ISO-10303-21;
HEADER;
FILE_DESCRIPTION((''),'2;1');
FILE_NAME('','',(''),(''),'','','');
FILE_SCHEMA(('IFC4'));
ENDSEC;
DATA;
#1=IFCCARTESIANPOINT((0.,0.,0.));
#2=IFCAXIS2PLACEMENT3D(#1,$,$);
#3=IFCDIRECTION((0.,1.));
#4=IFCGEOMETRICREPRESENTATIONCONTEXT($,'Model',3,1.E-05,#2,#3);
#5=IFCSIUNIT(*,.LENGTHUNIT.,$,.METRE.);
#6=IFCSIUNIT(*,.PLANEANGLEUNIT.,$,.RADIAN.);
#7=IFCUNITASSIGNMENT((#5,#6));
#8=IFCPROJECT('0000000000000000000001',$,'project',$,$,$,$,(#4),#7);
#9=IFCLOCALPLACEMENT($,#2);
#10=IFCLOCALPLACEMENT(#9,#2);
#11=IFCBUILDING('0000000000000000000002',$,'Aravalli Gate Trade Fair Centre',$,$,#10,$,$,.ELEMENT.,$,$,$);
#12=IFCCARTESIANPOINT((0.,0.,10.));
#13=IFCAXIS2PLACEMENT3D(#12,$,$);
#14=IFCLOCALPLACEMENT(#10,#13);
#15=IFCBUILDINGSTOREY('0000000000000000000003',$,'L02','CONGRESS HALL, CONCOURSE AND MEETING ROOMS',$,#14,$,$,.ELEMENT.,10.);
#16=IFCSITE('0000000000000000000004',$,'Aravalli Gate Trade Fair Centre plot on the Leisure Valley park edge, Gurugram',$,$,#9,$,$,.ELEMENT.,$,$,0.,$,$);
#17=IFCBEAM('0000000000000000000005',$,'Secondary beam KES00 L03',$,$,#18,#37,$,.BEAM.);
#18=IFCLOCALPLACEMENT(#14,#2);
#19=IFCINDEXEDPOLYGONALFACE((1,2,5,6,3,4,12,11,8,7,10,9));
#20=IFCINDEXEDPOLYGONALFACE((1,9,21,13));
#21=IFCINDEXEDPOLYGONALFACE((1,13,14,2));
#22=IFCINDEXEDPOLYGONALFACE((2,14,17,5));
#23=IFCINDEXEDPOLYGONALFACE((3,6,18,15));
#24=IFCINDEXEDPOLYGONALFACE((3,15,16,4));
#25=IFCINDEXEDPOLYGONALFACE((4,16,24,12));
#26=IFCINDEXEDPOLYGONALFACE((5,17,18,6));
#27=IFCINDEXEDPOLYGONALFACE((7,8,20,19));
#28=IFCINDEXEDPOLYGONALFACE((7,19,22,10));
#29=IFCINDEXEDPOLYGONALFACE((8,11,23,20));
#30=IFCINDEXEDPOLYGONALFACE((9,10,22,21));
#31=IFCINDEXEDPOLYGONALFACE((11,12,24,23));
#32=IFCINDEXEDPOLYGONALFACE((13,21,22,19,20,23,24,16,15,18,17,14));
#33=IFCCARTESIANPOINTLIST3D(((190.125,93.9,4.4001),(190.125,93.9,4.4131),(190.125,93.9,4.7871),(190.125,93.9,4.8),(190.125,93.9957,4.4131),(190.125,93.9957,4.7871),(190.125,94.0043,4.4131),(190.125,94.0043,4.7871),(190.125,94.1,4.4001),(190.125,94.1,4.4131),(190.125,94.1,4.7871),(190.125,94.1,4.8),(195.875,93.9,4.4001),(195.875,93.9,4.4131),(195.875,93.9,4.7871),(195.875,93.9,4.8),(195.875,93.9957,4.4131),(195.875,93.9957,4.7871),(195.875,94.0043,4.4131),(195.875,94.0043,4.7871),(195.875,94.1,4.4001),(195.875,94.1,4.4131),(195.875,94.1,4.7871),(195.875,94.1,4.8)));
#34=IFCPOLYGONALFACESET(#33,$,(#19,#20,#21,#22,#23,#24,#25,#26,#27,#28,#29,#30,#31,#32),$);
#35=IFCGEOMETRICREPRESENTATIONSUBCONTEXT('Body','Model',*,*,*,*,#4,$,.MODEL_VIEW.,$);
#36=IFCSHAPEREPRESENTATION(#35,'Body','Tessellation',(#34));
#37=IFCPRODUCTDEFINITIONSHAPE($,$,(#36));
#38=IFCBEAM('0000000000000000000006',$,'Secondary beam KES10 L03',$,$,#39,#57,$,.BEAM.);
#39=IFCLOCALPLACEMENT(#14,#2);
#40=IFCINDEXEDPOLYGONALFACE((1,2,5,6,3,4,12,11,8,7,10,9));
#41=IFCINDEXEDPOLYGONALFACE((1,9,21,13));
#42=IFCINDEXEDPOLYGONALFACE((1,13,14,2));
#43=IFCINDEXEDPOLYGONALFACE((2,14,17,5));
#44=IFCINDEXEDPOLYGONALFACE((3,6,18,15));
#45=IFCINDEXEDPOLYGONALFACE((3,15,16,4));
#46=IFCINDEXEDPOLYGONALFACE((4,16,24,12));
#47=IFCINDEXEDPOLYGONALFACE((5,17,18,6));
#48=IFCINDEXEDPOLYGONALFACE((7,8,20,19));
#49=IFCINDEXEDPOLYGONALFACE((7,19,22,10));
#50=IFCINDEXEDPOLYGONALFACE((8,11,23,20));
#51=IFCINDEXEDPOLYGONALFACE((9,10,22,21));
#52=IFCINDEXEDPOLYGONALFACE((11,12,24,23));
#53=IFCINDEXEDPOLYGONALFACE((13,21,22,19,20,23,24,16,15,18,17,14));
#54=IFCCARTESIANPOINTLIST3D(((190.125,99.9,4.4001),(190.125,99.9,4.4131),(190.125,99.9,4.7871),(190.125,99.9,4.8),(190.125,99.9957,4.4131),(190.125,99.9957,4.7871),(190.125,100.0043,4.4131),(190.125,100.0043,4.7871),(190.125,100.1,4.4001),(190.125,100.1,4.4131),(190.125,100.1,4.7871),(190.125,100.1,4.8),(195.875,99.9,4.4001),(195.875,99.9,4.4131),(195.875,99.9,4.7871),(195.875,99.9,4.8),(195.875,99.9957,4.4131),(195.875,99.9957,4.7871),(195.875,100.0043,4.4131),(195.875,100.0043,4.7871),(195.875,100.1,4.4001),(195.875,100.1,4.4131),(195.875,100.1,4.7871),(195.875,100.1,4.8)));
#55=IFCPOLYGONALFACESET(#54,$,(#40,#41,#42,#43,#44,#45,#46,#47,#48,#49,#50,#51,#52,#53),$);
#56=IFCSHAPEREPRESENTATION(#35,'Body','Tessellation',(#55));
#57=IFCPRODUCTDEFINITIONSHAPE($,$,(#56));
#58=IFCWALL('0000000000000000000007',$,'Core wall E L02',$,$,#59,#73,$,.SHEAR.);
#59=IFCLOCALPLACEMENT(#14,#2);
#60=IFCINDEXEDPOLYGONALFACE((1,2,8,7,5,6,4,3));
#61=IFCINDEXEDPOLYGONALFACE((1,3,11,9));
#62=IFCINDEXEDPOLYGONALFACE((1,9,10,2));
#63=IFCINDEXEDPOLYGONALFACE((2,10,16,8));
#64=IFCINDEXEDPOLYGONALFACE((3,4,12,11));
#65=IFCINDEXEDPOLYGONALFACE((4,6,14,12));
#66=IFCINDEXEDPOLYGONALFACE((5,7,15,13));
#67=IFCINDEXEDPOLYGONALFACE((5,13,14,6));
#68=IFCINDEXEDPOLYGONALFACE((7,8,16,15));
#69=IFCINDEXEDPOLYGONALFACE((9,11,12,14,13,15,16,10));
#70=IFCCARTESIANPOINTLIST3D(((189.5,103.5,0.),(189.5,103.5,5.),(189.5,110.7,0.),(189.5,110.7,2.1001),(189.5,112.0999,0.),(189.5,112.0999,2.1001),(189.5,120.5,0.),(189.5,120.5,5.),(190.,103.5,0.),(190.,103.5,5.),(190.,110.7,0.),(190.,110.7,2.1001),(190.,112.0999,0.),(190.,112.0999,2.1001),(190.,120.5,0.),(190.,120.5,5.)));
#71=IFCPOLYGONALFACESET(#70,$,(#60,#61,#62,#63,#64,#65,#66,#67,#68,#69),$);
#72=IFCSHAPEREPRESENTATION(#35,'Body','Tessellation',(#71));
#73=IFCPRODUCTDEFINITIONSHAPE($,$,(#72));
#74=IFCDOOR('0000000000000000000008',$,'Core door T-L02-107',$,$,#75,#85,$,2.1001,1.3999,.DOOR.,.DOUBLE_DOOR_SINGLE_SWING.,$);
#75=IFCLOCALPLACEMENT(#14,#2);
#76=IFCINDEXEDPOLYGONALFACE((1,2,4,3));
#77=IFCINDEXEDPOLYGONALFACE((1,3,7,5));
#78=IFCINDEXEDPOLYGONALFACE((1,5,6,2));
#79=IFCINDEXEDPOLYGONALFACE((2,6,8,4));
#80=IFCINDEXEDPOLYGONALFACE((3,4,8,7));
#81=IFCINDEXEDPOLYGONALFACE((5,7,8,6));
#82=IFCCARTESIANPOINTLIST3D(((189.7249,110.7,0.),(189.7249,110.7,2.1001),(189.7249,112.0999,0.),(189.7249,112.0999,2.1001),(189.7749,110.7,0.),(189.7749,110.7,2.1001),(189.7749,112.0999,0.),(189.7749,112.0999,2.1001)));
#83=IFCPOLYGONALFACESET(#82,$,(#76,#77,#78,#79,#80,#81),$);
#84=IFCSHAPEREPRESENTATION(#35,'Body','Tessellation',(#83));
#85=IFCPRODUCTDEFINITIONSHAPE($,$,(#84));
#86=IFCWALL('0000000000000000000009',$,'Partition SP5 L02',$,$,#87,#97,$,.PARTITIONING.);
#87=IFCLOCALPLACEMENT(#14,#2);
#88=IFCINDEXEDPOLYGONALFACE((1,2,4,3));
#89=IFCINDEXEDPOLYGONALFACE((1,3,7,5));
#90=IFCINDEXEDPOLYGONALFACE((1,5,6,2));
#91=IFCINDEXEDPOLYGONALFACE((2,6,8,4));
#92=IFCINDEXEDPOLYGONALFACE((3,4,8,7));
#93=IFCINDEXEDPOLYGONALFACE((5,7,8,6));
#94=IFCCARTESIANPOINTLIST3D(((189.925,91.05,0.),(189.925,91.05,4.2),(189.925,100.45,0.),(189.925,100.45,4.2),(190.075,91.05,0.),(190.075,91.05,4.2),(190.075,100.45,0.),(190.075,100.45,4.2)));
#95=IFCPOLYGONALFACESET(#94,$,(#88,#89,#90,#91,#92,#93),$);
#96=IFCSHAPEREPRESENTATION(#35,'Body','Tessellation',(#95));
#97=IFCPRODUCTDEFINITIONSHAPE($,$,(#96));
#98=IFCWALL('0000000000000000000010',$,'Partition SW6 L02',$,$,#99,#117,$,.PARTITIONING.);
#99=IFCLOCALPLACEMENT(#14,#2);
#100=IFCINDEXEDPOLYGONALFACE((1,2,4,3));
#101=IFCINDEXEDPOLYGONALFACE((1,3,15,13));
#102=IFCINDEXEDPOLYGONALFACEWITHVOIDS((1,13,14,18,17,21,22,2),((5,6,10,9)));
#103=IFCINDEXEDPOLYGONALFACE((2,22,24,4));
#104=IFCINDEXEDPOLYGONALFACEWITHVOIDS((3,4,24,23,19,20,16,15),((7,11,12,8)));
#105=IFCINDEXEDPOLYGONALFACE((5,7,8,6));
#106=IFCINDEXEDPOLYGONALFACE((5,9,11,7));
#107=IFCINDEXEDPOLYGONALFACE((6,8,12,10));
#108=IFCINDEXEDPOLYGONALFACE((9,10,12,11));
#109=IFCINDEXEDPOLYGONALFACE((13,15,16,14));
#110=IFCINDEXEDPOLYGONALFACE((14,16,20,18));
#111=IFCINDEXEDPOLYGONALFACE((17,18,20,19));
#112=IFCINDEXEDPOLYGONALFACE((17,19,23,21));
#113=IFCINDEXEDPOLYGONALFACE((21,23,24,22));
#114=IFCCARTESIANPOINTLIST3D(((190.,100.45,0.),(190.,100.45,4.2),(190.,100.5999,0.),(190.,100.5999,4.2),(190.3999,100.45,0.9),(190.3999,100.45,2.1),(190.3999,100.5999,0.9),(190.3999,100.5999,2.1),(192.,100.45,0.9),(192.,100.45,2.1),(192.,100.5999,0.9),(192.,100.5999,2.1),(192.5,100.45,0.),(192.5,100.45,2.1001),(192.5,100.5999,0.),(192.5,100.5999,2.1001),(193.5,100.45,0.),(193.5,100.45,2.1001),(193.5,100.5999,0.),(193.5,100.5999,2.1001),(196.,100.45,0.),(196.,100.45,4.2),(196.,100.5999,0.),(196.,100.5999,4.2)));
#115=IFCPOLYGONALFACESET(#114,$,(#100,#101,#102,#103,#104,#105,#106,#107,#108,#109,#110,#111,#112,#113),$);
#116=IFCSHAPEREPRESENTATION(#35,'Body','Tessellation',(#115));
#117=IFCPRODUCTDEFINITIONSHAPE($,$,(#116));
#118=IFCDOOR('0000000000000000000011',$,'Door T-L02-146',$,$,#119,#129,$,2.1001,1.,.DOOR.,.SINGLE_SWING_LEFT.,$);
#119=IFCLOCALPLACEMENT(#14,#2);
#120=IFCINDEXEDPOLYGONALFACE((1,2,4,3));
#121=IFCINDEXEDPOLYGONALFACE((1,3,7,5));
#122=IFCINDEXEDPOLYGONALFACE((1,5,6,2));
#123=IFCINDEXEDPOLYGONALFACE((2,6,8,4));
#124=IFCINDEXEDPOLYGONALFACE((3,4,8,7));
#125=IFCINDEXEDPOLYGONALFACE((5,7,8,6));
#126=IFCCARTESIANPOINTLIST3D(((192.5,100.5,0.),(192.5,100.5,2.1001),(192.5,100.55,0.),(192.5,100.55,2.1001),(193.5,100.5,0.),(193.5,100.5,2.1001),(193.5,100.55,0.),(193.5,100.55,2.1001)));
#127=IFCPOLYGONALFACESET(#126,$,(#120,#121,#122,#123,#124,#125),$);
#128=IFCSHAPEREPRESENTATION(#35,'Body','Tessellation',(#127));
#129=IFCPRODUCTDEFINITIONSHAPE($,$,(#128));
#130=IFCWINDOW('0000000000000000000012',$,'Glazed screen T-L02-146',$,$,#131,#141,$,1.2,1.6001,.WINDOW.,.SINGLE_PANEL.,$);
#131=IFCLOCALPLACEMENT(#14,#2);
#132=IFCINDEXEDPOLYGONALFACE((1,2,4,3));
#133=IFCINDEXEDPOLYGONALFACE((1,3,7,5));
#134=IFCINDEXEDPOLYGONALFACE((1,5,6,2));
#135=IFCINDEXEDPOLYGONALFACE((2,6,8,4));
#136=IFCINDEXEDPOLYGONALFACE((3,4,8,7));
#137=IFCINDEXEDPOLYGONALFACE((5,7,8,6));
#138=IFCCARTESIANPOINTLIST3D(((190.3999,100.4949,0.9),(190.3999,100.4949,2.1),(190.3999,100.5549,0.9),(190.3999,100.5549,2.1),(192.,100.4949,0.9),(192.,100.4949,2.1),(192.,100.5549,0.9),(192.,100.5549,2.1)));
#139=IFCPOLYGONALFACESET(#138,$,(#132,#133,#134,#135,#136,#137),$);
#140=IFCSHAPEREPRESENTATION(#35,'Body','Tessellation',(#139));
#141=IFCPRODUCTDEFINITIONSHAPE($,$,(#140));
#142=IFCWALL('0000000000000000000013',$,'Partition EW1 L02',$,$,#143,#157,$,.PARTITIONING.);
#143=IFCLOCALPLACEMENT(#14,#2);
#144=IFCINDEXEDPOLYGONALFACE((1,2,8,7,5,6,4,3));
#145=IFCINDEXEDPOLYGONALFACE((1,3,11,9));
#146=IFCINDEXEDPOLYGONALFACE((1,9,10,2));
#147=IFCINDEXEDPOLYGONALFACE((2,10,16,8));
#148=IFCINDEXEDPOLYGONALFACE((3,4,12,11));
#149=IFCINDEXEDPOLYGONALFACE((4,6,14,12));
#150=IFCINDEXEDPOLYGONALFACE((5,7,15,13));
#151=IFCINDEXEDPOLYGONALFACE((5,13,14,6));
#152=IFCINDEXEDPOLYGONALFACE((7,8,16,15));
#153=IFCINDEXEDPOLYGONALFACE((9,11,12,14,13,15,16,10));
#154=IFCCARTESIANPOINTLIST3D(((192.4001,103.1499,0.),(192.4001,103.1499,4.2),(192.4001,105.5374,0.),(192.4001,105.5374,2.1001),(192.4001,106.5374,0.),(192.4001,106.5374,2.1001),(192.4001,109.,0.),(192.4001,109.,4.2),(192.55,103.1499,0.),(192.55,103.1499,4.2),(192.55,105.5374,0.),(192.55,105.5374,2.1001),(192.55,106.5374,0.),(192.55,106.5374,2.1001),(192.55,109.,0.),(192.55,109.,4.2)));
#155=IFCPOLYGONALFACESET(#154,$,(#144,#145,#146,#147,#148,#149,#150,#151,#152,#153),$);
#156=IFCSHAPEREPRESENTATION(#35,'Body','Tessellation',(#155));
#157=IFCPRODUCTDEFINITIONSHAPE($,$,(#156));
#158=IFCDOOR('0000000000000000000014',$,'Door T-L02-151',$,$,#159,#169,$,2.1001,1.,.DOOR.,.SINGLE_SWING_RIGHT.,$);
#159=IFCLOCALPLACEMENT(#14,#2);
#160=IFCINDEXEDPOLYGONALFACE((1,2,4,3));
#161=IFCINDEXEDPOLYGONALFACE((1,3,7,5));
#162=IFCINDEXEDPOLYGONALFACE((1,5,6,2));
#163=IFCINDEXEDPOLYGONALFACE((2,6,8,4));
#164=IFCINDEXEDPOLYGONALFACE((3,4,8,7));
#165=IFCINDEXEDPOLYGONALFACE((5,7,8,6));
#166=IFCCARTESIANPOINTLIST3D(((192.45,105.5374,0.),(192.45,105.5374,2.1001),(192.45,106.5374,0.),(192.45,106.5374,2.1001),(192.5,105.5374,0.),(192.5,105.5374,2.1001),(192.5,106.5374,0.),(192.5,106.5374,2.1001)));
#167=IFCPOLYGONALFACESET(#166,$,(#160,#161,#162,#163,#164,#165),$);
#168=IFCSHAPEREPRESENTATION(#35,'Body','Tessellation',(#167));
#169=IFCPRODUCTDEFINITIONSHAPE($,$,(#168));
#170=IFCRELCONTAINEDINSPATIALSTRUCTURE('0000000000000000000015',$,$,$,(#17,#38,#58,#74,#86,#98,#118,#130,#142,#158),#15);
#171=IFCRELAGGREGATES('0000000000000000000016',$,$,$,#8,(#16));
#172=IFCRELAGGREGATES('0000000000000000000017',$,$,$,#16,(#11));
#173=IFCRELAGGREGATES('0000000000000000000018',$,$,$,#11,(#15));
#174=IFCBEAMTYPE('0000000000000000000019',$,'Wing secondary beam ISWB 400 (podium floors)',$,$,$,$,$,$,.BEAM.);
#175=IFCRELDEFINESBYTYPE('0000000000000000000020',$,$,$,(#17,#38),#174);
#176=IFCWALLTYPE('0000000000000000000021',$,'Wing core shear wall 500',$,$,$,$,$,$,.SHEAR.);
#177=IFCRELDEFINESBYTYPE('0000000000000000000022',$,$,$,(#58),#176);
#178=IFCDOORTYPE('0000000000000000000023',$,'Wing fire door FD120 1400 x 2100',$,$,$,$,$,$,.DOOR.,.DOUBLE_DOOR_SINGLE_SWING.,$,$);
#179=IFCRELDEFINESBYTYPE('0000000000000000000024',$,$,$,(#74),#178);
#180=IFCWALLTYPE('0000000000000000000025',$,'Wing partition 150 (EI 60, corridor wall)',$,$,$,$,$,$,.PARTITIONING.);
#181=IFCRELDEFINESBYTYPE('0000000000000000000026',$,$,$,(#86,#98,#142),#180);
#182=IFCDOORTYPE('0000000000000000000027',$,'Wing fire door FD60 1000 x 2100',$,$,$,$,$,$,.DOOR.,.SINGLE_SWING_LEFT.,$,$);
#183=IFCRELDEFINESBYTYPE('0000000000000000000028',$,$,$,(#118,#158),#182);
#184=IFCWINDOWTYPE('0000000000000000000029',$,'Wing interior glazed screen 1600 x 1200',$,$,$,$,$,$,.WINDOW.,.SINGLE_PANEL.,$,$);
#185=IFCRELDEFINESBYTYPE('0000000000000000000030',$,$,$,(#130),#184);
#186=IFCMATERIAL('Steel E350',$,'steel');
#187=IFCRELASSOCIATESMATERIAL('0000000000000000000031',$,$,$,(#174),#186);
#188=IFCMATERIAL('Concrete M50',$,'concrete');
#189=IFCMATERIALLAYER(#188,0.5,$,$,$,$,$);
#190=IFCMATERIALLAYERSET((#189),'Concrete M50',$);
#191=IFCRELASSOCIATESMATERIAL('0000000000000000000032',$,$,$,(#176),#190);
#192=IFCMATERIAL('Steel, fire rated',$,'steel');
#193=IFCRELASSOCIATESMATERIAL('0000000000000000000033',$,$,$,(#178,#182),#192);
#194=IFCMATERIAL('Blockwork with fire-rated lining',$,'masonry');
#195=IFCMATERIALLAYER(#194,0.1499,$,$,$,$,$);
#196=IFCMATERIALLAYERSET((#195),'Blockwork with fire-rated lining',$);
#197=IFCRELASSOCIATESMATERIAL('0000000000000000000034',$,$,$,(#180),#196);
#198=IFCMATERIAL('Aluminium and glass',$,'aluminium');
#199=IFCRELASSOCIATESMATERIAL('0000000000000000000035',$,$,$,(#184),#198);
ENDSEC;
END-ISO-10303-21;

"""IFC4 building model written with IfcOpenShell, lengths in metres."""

from ifc_helpers import new_model, si_unit, direction, frame, frame_2d, origin, origin_2d, place, context, subcontext, project, spatial, rectangle, i_section, extrude, material, layer, layer_set, material_profile, profile_set, type_object, element, fill, save


model = new_model("IFC4")

# Units and contexts
model_context = context("Model", 3, precision=1e-05, world=origin(), true_north=direction((0.0, 1.0)))
body_context = subcontext(model_context, "Body", "Model", "MODEL_VIEW")
ifc_project = project(units=[si_unit("LENGTHUNIT", "METRE"), si_unit("PLANEANGLEUNIT", "RADIAN")], contexts=[model_context])

# Site, building, storey
site_placement = place(None, origin())
site = spatial("IfcSite", under=ifc_project, at=site_placement, Name="Aravalli Gate Trade Fair Centre plot on the Leisure Valley park edge, Gurugram", CompositionType="ELEMENT", RefElevation=0.0)
building_placement = place(site_placement, origin())
building = spatial("IfcBuilding", under=site, at=building_placement, Name="Aravalli Gate Trade Fair Centre", CompositionType="ELEMENT")
storey_placement = place(building_placement, frame((0.0, 0.0, 10.0)))
storey = spatial("IfcBuildingStorey", under=building, at=storey_placement, Name="L02", Description="CONGRESS HALL, CONCOURSE AND MEETING ROOMS", CompositionType="ELEMENT", Elevation=10.0)

# Shared definitions
ifc_material_1 = material(Name="Steel E350", Category="steel")

# Beams
ifc_material_profile_1 = material_profile(ifc_material_1, i_section(OverallWidth=0.2, OverallDepth=0.3999, WebThickness=0.0085, FlangeThickness=0.0129, at=origin_2d()), Name="ISWB 400")
ifc_profile_set_1 = profile_set([ifc_material_profile_1], Name="Steel E350")
beam_type_1 = type_object("IfcBeamType", Name="Wing secondary beam ISWB 400 (podium floors)", PredefinedType="BEAM", material=ifc_profile_set_1)
for number, where, z_axis, x_axis, name in (
    (1, (190.125, 94.0, 4.6001), (1.0, 0.0, 0.0), (0.0, 1.0, 0.0), "Secondary beam KES00 L03"),
    (2, (190.125, 100.0, 4.6001), (1.0, 0.0, 0.0), (0.0, 1.0, 0.0), "Secondary beam KES10 L03"),
):
    element("IfcBeam", number, at=place(storey_placement, frame(where, z_axis=z_axis, x_axis=x_axis)), inside=storey, type_object=beam_type_1, Name=name, PredefinedType="BEAM", context=body_context, shape_type="SweptSolid", body=[
        extrude(i_section(OverallWidth=0.2, OverallDepth=0.3999, WebThickness=0.0085, FlangeThickness=0.0129, at=origin_2d()), origin(), (0.0, 0.0, 1.0), 5.75),
    ])

# Wall, opening, door
ifc_material_2 = material(Name="Concrete M50", Category="concrete")
ifc_layer_1 = layer(ifc_material_2, 0.5)
ifc_layer_set_1 = layer_set([ifc_layer_1], Name="Concrete M50")
wall_type_1 = type_object("IfcWallType", Name="Wing core shear wall 500", PredefinedType="SHEAR", material=ifc_layer_set_1)
wall_1_placement = place(storey_placement, frame((189.75, 103.5, 0.0), z_axis=(0.0, 0.0, 1.0), x_axis=(0.0, 1.0, 0.0)))
wall_1 = element("IfcWall", 3, at=wall_1_placement, inside=storey, type_object=wall_type_1, Name="Core wall E L02", PredefinedType="SHEAR", context=body_context, shape_type="SweptSolid", body=[
    extrude(rectangle(XDim=17.0, YDim=0.5, at=frame_2d((8.5, 0.0))), origin(), (0.0, 0.0, 1.0), 5.0),
])
opening_1_placement = place(wall_1_placement, frame((7.2, 0.0, 0.0)))
opening_1 = element("IfcOpeningElement", 4, at=opening_1_placement, cuts=wall_1, PredefinedType="OPENING", context=body_context, shape_type="SweptSolid", body=[
    extrude(rectangle(XDim=1.3999, YDim=2.1001, at=frame_2d((0.7, 1.05))), frame((0.0, 0.26, 0.0), z_axis=(0.0, -1.0, 0.0), x_axis=(1.0, 0.0, 0.0)), (0.0, 0.0, 1.0), 0.52),
])
ifc_material_3 = material(Name="Steel, fire rated", Category="steel")
door_type_1 = type_object("IfcDoorType", Name="Wing fire door FD120 1400 x 2100", OperationType="DOUBLE_DOOR_SINGLE_SWING", PredefinedType="DOOR", material=ifc_material_3)
door_1_placement = place(opening_1_placement, frame((1.3999, 0.0, 0.0), z_axis=(0.0, 0.0, 1.0), x_axis=(-1.0, 0.0, 0.0)))
door_1 = element("IfcDoor", 5, at=door_1_placement, inside=storey, type_object=door_type_1, Name="Core door T-L02-107", OperationType="DOUBLE_DOOR_SINGLE_SWING", OverallHeight=2.1001, OverallWidth=1.3999, PredefinedType="DOOR", context=body_context, shape_type="SweptSolid", body=[
    extrude(rectangle(XDim=1.3999, YDim=2.1001, at=frame_2d((0.7, 1.05))), frame((0.0, 0.0249, 0.0), z_axis=(0.0, -1.0, 0.0), x_axis=(1.0, 0.0, 0.0)), (0.0, 0.0, 1.0), 0.05),
])
fill(opening_1, door_1)

# Wall
ifc_material_4 = material(Name="Blockwork with fire-rated lining", Category="masonry")
ifc_layer_2 = layer(ifc_material_4, 0.1499)
ifc_layer_set_2 = layer_set([ifc_layer_2], Name="Blockwork with fire-rated lining")
wall_type_2 = type_object("IfcWallType", Name="Wing partition 150 (EI 60, corridor wall)", PredefinedType="PARTITIONING", material=ifc_layer_set_2)
wall_2_placement = place(storey_placement, frame((190.0, 91.05, 0.0), z_axis=(0.0, 0.0, 1.0), x_axis=(0.0, 1.0, 0.0)))
element("IfcWall", 6, at=wall_2_placement, inside=storey, type_object=wall_type_2, Name="Partition SP5 L02", PredefinedType="PARTITIONING", context=body_context, shape_type="SweptSolid", body=[
    extrude(rectangle(XDim=9.3999, YDim=0.1499, at=frame_2d((4.7, 0.0))), origin(), (0.0, 0.0, 1.0), 4.2),
])

# Wall, openings, door, window
wall_3_placement = place(storey_placement, frame((190.0, 100.5249, 0.0), z_axis=(0.0, 0.0, 1.0), x_axis=(1.0, 0.0, 0.0)))
wall_3 = element("IfcWall", 7, at=wall_3_placement, inside=storey, type_object=wall_type_2, Name="Partition SW6 L02", PredefinedType="PARTITIONING", context=body_context, shape_type="SweptSolid", body=[
    extrude(rectangle(XDim=6.0, YDim=0.1499, at=frame_2d((3.0, 0.0))), origin(), (0.0, 0.0, 1.0), 4.2),
])
opening_2_placement = place(wall_3_placement, frame((0.3999, 0.0, 0.8999)))
opening_2 = element("IfcOpeningElement", 8, at=opening_2_placement, cuts=wall_3, PredefinedType="OPENING", context=body_context, shape_type="SweptSolid", body=[
    extrude(rectangle(XDim=1.6001, YDim=1.2, at=frame_2d((0.8, 0.6001))), frame((0.0, 0.085, 0.0), z_axis=(0.0, -1.0, 0.0), x_axis=(1.0, 0.0, 0.0)), (0.0, 0.0, 1.0), 0.1699),
])
opening_3_placement = place(wall_3_placement, frame((2.5, 0.0, 0.0)))
opening_3 = element("IfcOpeningElement", 9, at=opening_3_placement, cuts=wall_3, PredefinedType="OPENING", context=body_context, shape_type="SweptSolid", body=[
    extrude(rectangle(XDim=1.0, YDim=2.1001, at=frame_2d((0.5, 1.05))), frame((0.0, 0.085, 0.0), z_axis=(0.0, -1.0, 0.0), x_axis=(1.0, 0.0, 0.0)), (0.0, 0.0, 1.0), 0.1699),
])
door_type_2 = type_object("IfcDoorType", Name="Wing fire door FD60 1000 x 2100", OperationType="SINGLE_SWING_LEFT", PredefinedType="DOOR", material=ifc_material_3)
door_2_placement = place(opening_3_placement, frame((1.0, 0.0, 0.0), z_axis=(0.0, 0.0, 1.0), x_axis=(-1.0, 0.0, 0.0)))
door_2 = element("IfcDoor", 10, at=door_2_placement, inside=storey, type_object=door_type_2, Name="Door T-L02-146", OperationType="SINGLE_SWING_LEFT", OverallHeight=2.1001, OverallWidth=1.0, PredefinedType="DOOR", context=body_context, shape_type="SweptSolid", body=[
    extrude(rectangle(XDim=1.0, YDim=2.1001, at=frame_2d((0.5, 1.05))), frame((0.0, 0.0249, 0.0), z_axis=(0.0, -1.0, 0.0), x_axis=(1.0, 0.0, 0.0)), (0.0, 0.0, 1.0), 0.05),
])
fill(opening_3, door_2)
ifc_material_5 = material(Name="Aluminium and glass", Category="aluminium")
window_type_1 = type_object("IfcWindowType", Name="Wing interior glazed screen 1600 x 1200", PartitioningType="SINGLE_PANEL", PredefinedType="WINDOW", material=ifc_material_5)
window_1_placement = place(opening_2_placement, origin())
window_1 = element("IfcWindow", 11, at=window_1_placement, inside=storey, type_object=window_type_1, Name="Glazed screen T-L02-146", OverallHeight=1.2, OverallWidth=1.6001, PartitioningType="SINGLE_PANEL", PredefinedType="WINDOW", context=body_context, shape_type="SweptSolid", body=[
    extrude(rectangle(XDim=1.6001, YDim=1.2, at=frame_2d((0.8, 0.6001))), frame((0.0, 0.03, 0.0), z_axis=(0.0, -1.0, 0.0), x_axis=(1.0, 0.0, 0.0)), (0.0, 0.0, 1.0), 0.0601),
])
fill(opening_2, window_1)

# Wall, opening, door
wall_4_placement = place(storey_placement, frame((192.4751, 103.1499, 0.0), z_axis=(0.0, 0.0, 1.0), x_axis=(0.0, 1.0, 0.0)))
wall_4 = element("IfcWall", 12, at=wall_4_placement, inside=storey, type_object=wall_type_2, Name="Partition EW1 L02", PredefinedType="PARTITIONING", context=body_context, shape_type="SweptSolid", body=[
    extrude(rectangle(XDim=5.8501, YDim=0.1499, at=frame_2d((2.925, 0.0))), origin(), (0.0, 0.0, 1.0), 4.2),
])
opening_4_placement = place(wall_4_placement, frame((2.3875, 0.0, 0.0)))
opening_4 = element("IfcOpeningElement", 13, at=opening_4_placement, cuts=wall_4, PredefinedType="OPENING", context=body_context, shape_type="SweptSolid", body=[
    extrude(rectangle(XDim=1.0, YDim=2.1001, at=frame_2d((0.5, 1.05))), frame((0.0, 0.085, 0.0), z_axis=(0.0, -1.0, 0.0), x_axis=(1.0, 0.0, 0.0)), (0.0, 0.0, 1.0), 0.1699),
])
door_3_placement = place(opening_4_placement, frame((1.0, 0.0, 0.0), z_axis=(0.0, 0.0, 1.0), x_axis=(-1.0, 0.0, 0.0)))
door_3 = element("IfcDoor", 14, at=door_3_placement, inside=storey, type_object=door_type_2, Name="Door T-L02-151", OperationType="SINGLE_SWING_RIGHT", OverallHeight=2.1001, OverallWidth=1.0, PredefinedType="DOOR", context=body_context, shape_type="SweptSolid", body=[
    extrude(rectangle(XDim=1.0, YDim=2.1001, at=frame_2d((0.5, 1.05))), frame((0.0, 0.0249, 0.0), z_axis=(0.0, -1.0, 0.0), x_axis=(1.0, 0.0, 0.0)), (0.0, 0.0, 1.0), 0.05),
])
fill(opening_4, door_3)

save(model, "model.ifc")
